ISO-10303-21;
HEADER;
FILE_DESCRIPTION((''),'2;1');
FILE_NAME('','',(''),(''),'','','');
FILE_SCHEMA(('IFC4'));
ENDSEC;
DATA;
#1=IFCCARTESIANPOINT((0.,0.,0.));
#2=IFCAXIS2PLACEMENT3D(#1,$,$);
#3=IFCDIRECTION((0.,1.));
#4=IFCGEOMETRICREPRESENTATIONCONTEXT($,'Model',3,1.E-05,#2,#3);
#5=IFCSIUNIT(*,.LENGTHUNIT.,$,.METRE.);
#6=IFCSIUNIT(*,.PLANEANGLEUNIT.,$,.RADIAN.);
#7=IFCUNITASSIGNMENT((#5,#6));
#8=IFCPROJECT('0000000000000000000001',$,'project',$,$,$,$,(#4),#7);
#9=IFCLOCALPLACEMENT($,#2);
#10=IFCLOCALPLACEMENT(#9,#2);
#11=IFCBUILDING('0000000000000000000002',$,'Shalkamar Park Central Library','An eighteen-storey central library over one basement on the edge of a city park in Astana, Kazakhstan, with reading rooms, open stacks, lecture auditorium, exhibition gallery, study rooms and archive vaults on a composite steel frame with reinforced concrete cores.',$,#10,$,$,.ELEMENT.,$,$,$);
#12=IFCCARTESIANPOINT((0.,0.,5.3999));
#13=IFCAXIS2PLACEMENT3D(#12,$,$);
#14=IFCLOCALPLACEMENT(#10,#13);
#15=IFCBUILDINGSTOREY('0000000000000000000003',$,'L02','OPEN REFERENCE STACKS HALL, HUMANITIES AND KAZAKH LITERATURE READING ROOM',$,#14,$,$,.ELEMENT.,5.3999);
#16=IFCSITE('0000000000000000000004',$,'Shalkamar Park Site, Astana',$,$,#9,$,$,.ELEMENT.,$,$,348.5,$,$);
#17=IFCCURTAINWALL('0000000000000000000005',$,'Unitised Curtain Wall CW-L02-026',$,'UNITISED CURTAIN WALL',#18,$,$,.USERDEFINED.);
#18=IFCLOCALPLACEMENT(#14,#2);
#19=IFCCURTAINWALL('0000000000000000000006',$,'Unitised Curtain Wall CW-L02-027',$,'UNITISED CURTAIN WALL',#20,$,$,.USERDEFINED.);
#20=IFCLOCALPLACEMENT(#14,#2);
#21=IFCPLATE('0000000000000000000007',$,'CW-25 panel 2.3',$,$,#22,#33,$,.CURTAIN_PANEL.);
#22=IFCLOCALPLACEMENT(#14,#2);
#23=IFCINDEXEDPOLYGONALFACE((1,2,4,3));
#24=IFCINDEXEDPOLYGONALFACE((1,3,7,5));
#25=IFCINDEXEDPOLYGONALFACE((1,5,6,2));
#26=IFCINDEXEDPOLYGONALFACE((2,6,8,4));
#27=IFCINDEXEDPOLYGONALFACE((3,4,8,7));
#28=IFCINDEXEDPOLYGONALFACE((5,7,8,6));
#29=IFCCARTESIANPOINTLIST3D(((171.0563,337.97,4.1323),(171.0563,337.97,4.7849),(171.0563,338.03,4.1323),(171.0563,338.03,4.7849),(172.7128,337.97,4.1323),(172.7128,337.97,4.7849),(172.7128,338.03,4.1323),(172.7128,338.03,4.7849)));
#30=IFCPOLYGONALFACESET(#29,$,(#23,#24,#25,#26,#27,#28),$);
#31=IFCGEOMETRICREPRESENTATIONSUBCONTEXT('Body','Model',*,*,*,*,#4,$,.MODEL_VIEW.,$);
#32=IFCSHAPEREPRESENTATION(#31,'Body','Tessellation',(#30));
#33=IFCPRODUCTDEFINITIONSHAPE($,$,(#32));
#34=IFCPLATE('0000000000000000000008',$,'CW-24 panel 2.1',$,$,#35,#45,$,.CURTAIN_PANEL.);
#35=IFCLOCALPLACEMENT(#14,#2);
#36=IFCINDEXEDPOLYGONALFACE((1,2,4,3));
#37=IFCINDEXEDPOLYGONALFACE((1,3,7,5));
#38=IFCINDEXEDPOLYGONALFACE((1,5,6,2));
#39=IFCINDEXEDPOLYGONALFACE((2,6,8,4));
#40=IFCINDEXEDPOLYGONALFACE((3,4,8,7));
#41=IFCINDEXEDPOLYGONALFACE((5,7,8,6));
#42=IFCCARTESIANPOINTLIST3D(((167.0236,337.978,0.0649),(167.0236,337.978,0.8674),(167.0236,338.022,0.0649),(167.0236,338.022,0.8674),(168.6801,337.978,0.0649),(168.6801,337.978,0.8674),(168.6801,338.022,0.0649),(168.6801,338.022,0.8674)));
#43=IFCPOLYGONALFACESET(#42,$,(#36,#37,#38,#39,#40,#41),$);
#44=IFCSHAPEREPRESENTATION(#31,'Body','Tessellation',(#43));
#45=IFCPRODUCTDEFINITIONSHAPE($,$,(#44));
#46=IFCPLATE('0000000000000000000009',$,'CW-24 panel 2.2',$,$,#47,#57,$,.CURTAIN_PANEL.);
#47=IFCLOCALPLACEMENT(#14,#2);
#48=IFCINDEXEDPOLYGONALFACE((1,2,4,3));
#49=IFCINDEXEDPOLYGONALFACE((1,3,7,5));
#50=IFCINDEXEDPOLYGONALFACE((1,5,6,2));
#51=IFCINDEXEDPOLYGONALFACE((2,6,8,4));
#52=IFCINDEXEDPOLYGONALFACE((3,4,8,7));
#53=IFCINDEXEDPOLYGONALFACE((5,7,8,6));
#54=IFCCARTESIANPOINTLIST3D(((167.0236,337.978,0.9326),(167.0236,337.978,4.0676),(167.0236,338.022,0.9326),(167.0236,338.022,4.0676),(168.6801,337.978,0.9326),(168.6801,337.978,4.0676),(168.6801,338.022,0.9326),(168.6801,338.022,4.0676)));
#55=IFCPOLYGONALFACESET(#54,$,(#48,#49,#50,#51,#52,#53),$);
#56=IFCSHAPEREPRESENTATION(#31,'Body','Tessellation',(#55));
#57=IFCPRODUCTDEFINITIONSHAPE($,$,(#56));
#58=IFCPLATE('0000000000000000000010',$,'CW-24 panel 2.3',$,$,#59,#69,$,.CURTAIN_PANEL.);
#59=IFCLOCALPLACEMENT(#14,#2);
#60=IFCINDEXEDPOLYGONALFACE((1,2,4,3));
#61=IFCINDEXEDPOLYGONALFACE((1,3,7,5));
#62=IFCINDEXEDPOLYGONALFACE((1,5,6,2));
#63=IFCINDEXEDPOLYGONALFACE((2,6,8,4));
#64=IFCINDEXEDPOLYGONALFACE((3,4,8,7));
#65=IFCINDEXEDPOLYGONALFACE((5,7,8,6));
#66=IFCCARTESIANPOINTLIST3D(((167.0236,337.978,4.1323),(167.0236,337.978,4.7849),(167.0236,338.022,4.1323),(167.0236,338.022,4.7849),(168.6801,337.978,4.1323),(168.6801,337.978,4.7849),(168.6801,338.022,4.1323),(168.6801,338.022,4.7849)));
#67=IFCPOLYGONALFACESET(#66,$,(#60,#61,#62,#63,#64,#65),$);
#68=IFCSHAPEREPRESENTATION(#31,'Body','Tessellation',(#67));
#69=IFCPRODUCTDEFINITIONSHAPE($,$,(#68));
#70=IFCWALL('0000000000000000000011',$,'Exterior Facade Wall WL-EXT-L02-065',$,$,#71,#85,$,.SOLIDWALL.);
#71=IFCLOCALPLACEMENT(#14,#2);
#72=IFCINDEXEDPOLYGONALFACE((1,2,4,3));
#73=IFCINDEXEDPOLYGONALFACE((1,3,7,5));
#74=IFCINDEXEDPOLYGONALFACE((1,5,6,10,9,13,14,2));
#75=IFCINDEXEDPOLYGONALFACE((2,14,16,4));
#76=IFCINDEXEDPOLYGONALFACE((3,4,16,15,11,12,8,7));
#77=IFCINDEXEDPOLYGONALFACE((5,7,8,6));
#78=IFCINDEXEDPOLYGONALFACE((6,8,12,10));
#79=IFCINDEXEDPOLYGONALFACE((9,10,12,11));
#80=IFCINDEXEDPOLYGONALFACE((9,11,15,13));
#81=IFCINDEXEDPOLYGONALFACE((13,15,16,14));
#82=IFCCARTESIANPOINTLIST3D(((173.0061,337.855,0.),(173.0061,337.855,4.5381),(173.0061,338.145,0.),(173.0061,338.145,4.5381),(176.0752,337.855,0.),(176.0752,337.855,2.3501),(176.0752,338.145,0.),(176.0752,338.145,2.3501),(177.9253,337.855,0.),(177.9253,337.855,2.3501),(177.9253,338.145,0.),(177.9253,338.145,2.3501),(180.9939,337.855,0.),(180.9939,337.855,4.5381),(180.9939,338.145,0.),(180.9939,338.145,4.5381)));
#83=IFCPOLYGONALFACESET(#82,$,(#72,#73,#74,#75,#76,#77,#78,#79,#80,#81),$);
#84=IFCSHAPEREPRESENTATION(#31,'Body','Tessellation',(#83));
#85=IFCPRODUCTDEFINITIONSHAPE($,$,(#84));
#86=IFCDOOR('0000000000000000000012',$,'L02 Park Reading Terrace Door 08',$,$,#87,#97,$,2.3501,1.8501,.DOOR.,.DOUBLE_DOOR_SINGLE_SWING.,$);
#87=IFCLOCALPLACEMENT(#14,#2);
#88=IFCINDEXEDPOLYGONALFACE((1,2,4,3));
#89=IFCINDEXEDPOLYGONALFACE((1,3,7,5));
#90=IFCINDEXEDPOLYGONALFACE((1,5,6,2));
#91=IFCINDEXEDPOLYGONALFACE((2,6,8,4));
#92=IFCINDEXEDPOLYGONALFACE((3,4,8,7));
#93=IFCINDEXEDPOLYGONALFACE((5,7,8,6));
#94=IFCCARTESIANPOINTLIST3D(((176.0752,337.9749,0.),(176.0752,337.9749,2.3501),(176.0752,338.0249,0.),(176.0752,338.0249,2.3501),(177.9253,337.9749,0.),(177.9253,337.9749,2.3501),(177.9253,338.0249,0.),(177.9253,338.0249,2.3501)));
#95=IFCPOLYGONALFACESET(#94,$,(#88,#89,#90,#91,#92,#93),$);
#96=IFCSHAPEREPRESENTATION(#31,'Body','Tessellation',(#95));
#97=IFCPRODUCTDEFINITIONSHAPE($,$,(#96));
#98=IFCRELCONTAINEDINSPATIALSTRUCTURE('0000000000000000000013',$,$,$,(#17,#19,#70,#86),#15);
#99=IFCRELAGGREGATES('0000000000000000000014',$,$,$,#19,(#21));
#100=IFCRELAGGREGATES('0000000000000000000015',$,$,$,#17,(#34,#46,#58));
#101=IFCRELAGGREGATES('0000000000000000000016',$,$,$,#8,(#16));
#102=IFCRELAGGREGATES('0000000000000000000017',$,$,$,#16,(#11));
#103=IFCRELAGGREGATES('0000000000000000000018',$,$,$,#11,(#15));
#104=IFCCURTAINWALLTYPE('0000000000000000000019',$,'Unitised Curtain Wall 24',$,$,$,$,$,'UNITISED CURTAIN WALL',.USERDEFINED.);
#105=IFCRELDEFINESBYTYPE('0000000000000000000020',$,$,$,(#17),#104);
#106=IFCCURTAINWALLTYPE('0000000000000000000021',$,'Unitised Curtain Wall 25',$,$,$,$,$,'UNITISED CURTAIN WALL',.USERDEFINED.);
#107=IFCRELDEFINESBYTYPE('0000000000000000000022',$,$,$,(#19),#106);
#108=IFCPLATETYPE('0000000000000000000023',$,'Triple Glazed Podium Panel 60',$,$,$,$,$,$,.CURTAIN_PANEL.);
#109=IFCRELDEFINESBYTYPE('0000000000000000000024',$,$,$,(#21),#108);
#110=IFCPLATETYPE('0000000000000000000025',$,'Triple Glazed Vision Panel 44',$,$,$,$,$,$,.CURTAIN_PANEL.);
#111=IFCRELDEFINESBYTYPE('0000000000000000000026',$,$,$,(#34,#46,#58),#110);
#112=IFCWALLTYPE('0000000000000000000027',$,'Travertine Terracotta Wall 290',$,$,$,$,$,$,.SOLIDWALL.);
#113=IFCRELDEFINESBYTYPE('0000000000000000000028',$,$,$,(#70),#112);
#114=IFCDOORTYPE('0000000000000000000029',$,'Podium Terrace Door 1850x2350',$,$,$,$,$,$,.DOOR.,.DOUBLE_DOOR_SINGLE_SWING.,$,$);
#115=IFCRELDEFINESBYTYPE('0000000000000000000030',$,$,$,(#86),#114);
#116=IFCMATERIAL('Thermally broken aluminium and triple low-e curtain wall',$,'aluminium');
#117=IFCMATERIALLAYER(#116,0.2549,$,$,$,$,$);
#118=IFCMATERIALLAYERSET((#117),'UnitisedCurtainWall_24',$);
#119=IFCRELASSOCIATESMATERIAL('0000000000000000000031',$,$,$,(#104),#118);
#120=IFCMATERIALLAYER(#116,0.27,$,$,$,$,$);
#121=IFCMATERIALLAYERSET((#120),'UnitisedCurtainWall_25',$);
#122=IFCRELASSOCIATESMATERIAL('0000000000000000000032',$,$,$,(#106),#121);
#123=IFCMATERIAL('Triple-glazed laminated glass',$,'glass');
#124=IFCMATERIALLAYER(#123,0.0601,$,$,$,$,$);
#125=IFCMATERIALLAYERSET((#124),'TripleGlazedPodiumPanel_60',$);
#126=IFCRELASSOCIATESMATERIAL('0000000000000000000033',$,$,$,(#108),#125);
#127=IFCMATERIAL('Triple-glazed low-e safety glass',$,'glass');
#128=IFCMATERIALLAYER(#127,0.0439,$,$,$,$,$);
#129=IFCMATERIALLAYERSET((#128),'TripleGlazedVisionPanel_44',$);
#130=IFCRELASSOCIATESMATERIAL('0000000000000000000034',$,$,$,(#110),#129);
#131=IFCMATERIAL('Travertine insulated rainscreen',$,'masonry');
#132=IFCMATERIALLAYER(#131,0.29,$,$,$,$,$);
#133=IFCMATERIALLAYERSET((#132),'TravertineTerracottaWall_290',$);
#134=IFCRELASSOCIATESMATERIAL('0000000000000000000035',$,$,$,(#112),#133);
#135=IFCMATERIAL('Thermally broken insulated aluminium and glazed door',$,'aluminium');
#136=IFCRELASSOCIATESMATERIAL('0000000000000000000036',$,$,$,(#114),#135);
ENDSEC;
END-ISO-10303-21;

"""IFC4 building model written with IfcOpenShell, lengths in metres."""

from ifc_helpers import new_model, si_unit, direction, frame, frame_2d, origin, origin_2d, place, context, subcontext, project, spatial, rectangle, extrude, material, layer, layer_set, type_object, element, fill, aggregate, save


model = new_model("IFC4")

# Units and contexts
model_context = context("Model", 3, precision=1e-05, world=origin(), true_north=direction((0.0, 1.0)))
body_context = subcontext(model_context, "Body", "Model", "MODEL_VIEW")
ifc_project = project(units=[si_unit("LENGTHUNIT", "METRE"), si_unit("PLANEANGLEUNIT", "RADIAN")], contexts=[model_context])

# Site, building, storey
site_placement = place(None, origin())
site = spatial("IfcSite", under=ifc_project, at=site_placement, Name="Shalkamar Park Site, Astana", CompositionType="ELEMENT", RefElevation=348.5)
building_placement = place(site_placement, origin())
building = spatial("IfcBuilding", under=site, at=building_placement, Name="Shalkamar Park Central Library", Description="An eighteen-storey central library over one basement on the edge of a city park in Astana, Kazakhstan, with reading rooms, open stacks, lecture auditorium, exhibition gallery, study rooms and archive vaults on a composite steel frame with reinforced concrete cores.", CompositionType="ELEMENT")
storey_placement = place(building_placement, frame((0.0, 0.0, 5.3999)))
storey = spatial("IfcBuildingStorey", under=building, at=storey_placement, Name="L02", Description="OPEN REFERENCE STACKS HALL, HUMANITIES AND KAZAKH LITERATURE READING ROOM", CompositionType="ELEMENT", Elevation=5.3999)

# Curtain walls
ifc_material_1 = material(Name="Thermally broken aluminium and triple low-e curtain wall", Category="aluminium")
ifc_layer_1 = layer(ifc_material_1, 0.2549)
ifc_layer_set_1 = layer_set([ifc_layer_1], Name="UnitisedCurtainWall_24")
curtain_wall_type_1 = type_object("IfcCurtainWallType", Name="Unitised Curtain Wall 24", ElementType="UNITISED CURTAIN WALL", PredefinedType="USERDEFINED", material=ifc_layer_set_1)
curtain_wall_1_placement = place(storey_placement, origin())
curtain_wall_1 = element("IfcCurtainWall", 1, at=curtain_wall_1_placement, inside=storey, type_object=curtain_wall_type_1, Name="Unitised Curtain Wall CW-L02-026", ObjectType="UNITISED CURTAIN WALL", PredefinedType="USERDEFINED")
ifc_layer_2 = layer(ifc_material_1, 0.27)
ifc_layer_set_2 = layer_set([ifc_layer_2], Name="UnitisedCurtainWall_25")
curtain_wall_type_2 = type_object("IfcCurtainWallType", Name="Unitised Curtain Wall 25", ElementType="UNITISED CURTAIN WALL", PredefinedType="USERDEFINED", material=ifc_layer_set_2)
curtain_wall_2_placement = place(storey_placement, origin())
curtain_wall_2 = element("IfcCurtainWall", 2, at=curtain_wall_2_placement, inside=storey, type_object=curtain_wall_type_2, Name="Unitised Curtain Wall CW-L02-027", ObjectType="UNITISED CURTAIN WALL", PredefinedType="USERDEFINED")

# Plates
ifc_material_2 = material(Name="Triple-glazed laminated glass", Category="glass")
ifc_layer_3 = layer(ifc_material_2, 0.0601)
ifc_layer_set_3 = layer_set([ifc_layer_3], Name="TripleGlazedPodiumPanel_60")
plate_type_1 = type_object("IfcPlateType", Name="Triple Glazed Podium Panel 60", PredefinedType="CURTAIN_PANEL", material=ifc_layer_set_3)
plate_1_placement = place(storey_placement, frame((171.8845, 338.0, 4.1323), z_axis=(0.0, 0.0, 1.0), x_axis=(1.0, 0.0, 0.0)))
plate_1 = element("IfcPlate", 3, at=plate_1_placement, type_object=plate_type_1, Name="CW-25 panel 2.3", PredefinedType="CURTAIN_PANEL", context=body_context, shape_type="SweptSolid", body=[
    extrude(rectangle(XDim=1.6565, YDim=0.0601, at=origin_2d()), origin(), (0.0, 0.0, 1.0), 0.6526),
])
aggregate(curtain_wall_2, [plate_1])
ifc_material_3 = material(Name="Triple-glazed low-e safety glass", Category="glass")
ifc_layer_4 = layer(ifc_material_3, 0.0439)
ifc_layer_set_4 = layer_set([ifc_layer_4], Name="TripleGlazedVisionPanel_44")
plate_type_2 = type_object("IfcPlateType", Name="Triple Glazed Vision Panel 44", PredefinedType="CURTAIN_PANEL", material=ifc_layer_set_4)
plate_2_placement = place(storey_placement, frame((167.8518, 338.0, 0.0649), z_axis=(0.0, 0.0, 1.0), x_axis=(1.0, 0.0, 0.0)))
plate_2 = element("IfcPlate", 4, at=plate_2_placement, type_object=plate_type_2, Name="CW-24 panel 2.1", PredefinedType="CURTAIN_PANEL", context=body_context, shape_type="SweptSolid", body=[
    extrude(rectangle(XDim=1.6565, YDim=0.0439, at=origin_2d()), origin(), (0.0, 0.0, 1.0), 0.8025),
])
plate_3_placement = place(storey_placement, frame((167.8518, 338.0, 0.9326), z_axis=(0.0, 0.0, 1.0), x_axis=(1.0, 0.0, 0.0)))
plate_3 = element("IfcPlate", 5, at=plate_3_placement, type_object=plate_type_2, Name="CW-24 panel 2.2", PredefinedType="CURTAIN_PANEL", context=body_context, shape_type="SweptSolid", body=[
    extrude(rectangle(XDim=1.6565, YDim=0.0439, at=origin_2d()), origin(), (0.0, 0.0, 1.0), 3.135),
])
plate_4_placement = place(storey_placement, frame((167.8518, 338.0, 4.1323), z_axis=(0.0, 0.0, 1.0), x_axis=(1.0, 0.0, 0.0)))
plate_4 = element("IfcPlate", 6, at=plate_4_placement, type_object=plate_type_2, Name="CW-24 panel 2.3", PredefinedType="CURTAIN_PANEL", context=body_context, shape_type="SweptSolid", body=[
    extrude(rectangle(XDim=1.6565, YDim=0.0439, at=origin_2d()), origin(), (0.0, 0.0, 1.0), 0.6526),
])
aggregate(curtain_wall_1, [plate_2, plate_3, plate_4])

# Wall, opening, door
ifc_material_4 = material(Name="Travertine insulated rainscreen", Category="masonry")
ifc_layer_5 = layer(ifc_material_4, 0.29)
ifc_layer_set_5 = layer_set([ifc_layer_5], Name="TravertineTerracottaWall_290")
wall_type = type_object("IfcWallType", Name="Travertine Terracotta Wall 290", PredefinedType="SOLIDWALL", material=ifc_layer_set_5)
wall_placement = place(storey_placement, frame((173.0061, 338.0, 0.0), z_axis=(0.0, 0.0, 1.0), x_axis=(1.0, 0.0, 0.0)))
wall = element("IfcWall", 7, at=wall_placement, inside=storey, type_object=wall_type, Name="Exterior Facade Wall WL-EXT-L02-065", PredefinedType="SOLIDWALL", context=body_context, shape_type="SweptSolid", body=[
    extrude(rectangle(XDim=7.9878, YDim=0.29, at=frame_2d((3.9939, 0.0))), origin(), (0.0, 0.0, 1.0), 4.5381),
])
opening_placement = place(wall_placement, frame((3.0691, 0.0, 0.0)))
opening = element("IfcOpeningElement", 8, at=opening_placement, cuts=wall, PredefinedType="OPENING", context=body_context, shape_type="SweptSolid", body=[
    extrude(rectangle(XDim=1.8501, YDim=2.3501, at=frame_2d((0.925, 1.175))), frame((0.0, 0.1599, 0.0), z_axis=(0.0, -1.0, 0.0), x_axis=(1.0, 0.0, 0.0)), (0.0, 0.0, 1.0), 0.3198),
])
ifc_material_5 = material(Name="Thermally broken insulated aluminium and glazed door", Category="aluminium")
door_type = type_object("IfcDoorType", Name="Podium Terrace Door 1850x2350", OperationType="DOUBLE_DOOR_SINGLE_SWING", PredefinedType="DOOR", material=ifc_material_5)
door_placement = place(opening_placement, origin())
door = element("IfcDoor", 9, at=door_placement, inside=storey, type_object=door_type, Name="L02 Park Reading Terrace Door 08", OperationType="DOUBLE_DOOR_SINGLE_SWING", OverallHeight=2.3501, OverallWidth=1.8501, PredefinedType="DOOR", context=body_context, shape_type="SweptSolid", body=[
    extrude(rectangle(XDim=1.8501, YDim=2.3501, at=frame_2d((0.925, 1.175))), frame((0.0, 0.0249, 0.0), z_axis=(0.0, -1.0, 0.0), x_axis=(1.0, 0.0, 0.0)), (0.0, 0.0, 1.0), 0.05),
])
fill(opening, door)

save(model, "model.ifc")
